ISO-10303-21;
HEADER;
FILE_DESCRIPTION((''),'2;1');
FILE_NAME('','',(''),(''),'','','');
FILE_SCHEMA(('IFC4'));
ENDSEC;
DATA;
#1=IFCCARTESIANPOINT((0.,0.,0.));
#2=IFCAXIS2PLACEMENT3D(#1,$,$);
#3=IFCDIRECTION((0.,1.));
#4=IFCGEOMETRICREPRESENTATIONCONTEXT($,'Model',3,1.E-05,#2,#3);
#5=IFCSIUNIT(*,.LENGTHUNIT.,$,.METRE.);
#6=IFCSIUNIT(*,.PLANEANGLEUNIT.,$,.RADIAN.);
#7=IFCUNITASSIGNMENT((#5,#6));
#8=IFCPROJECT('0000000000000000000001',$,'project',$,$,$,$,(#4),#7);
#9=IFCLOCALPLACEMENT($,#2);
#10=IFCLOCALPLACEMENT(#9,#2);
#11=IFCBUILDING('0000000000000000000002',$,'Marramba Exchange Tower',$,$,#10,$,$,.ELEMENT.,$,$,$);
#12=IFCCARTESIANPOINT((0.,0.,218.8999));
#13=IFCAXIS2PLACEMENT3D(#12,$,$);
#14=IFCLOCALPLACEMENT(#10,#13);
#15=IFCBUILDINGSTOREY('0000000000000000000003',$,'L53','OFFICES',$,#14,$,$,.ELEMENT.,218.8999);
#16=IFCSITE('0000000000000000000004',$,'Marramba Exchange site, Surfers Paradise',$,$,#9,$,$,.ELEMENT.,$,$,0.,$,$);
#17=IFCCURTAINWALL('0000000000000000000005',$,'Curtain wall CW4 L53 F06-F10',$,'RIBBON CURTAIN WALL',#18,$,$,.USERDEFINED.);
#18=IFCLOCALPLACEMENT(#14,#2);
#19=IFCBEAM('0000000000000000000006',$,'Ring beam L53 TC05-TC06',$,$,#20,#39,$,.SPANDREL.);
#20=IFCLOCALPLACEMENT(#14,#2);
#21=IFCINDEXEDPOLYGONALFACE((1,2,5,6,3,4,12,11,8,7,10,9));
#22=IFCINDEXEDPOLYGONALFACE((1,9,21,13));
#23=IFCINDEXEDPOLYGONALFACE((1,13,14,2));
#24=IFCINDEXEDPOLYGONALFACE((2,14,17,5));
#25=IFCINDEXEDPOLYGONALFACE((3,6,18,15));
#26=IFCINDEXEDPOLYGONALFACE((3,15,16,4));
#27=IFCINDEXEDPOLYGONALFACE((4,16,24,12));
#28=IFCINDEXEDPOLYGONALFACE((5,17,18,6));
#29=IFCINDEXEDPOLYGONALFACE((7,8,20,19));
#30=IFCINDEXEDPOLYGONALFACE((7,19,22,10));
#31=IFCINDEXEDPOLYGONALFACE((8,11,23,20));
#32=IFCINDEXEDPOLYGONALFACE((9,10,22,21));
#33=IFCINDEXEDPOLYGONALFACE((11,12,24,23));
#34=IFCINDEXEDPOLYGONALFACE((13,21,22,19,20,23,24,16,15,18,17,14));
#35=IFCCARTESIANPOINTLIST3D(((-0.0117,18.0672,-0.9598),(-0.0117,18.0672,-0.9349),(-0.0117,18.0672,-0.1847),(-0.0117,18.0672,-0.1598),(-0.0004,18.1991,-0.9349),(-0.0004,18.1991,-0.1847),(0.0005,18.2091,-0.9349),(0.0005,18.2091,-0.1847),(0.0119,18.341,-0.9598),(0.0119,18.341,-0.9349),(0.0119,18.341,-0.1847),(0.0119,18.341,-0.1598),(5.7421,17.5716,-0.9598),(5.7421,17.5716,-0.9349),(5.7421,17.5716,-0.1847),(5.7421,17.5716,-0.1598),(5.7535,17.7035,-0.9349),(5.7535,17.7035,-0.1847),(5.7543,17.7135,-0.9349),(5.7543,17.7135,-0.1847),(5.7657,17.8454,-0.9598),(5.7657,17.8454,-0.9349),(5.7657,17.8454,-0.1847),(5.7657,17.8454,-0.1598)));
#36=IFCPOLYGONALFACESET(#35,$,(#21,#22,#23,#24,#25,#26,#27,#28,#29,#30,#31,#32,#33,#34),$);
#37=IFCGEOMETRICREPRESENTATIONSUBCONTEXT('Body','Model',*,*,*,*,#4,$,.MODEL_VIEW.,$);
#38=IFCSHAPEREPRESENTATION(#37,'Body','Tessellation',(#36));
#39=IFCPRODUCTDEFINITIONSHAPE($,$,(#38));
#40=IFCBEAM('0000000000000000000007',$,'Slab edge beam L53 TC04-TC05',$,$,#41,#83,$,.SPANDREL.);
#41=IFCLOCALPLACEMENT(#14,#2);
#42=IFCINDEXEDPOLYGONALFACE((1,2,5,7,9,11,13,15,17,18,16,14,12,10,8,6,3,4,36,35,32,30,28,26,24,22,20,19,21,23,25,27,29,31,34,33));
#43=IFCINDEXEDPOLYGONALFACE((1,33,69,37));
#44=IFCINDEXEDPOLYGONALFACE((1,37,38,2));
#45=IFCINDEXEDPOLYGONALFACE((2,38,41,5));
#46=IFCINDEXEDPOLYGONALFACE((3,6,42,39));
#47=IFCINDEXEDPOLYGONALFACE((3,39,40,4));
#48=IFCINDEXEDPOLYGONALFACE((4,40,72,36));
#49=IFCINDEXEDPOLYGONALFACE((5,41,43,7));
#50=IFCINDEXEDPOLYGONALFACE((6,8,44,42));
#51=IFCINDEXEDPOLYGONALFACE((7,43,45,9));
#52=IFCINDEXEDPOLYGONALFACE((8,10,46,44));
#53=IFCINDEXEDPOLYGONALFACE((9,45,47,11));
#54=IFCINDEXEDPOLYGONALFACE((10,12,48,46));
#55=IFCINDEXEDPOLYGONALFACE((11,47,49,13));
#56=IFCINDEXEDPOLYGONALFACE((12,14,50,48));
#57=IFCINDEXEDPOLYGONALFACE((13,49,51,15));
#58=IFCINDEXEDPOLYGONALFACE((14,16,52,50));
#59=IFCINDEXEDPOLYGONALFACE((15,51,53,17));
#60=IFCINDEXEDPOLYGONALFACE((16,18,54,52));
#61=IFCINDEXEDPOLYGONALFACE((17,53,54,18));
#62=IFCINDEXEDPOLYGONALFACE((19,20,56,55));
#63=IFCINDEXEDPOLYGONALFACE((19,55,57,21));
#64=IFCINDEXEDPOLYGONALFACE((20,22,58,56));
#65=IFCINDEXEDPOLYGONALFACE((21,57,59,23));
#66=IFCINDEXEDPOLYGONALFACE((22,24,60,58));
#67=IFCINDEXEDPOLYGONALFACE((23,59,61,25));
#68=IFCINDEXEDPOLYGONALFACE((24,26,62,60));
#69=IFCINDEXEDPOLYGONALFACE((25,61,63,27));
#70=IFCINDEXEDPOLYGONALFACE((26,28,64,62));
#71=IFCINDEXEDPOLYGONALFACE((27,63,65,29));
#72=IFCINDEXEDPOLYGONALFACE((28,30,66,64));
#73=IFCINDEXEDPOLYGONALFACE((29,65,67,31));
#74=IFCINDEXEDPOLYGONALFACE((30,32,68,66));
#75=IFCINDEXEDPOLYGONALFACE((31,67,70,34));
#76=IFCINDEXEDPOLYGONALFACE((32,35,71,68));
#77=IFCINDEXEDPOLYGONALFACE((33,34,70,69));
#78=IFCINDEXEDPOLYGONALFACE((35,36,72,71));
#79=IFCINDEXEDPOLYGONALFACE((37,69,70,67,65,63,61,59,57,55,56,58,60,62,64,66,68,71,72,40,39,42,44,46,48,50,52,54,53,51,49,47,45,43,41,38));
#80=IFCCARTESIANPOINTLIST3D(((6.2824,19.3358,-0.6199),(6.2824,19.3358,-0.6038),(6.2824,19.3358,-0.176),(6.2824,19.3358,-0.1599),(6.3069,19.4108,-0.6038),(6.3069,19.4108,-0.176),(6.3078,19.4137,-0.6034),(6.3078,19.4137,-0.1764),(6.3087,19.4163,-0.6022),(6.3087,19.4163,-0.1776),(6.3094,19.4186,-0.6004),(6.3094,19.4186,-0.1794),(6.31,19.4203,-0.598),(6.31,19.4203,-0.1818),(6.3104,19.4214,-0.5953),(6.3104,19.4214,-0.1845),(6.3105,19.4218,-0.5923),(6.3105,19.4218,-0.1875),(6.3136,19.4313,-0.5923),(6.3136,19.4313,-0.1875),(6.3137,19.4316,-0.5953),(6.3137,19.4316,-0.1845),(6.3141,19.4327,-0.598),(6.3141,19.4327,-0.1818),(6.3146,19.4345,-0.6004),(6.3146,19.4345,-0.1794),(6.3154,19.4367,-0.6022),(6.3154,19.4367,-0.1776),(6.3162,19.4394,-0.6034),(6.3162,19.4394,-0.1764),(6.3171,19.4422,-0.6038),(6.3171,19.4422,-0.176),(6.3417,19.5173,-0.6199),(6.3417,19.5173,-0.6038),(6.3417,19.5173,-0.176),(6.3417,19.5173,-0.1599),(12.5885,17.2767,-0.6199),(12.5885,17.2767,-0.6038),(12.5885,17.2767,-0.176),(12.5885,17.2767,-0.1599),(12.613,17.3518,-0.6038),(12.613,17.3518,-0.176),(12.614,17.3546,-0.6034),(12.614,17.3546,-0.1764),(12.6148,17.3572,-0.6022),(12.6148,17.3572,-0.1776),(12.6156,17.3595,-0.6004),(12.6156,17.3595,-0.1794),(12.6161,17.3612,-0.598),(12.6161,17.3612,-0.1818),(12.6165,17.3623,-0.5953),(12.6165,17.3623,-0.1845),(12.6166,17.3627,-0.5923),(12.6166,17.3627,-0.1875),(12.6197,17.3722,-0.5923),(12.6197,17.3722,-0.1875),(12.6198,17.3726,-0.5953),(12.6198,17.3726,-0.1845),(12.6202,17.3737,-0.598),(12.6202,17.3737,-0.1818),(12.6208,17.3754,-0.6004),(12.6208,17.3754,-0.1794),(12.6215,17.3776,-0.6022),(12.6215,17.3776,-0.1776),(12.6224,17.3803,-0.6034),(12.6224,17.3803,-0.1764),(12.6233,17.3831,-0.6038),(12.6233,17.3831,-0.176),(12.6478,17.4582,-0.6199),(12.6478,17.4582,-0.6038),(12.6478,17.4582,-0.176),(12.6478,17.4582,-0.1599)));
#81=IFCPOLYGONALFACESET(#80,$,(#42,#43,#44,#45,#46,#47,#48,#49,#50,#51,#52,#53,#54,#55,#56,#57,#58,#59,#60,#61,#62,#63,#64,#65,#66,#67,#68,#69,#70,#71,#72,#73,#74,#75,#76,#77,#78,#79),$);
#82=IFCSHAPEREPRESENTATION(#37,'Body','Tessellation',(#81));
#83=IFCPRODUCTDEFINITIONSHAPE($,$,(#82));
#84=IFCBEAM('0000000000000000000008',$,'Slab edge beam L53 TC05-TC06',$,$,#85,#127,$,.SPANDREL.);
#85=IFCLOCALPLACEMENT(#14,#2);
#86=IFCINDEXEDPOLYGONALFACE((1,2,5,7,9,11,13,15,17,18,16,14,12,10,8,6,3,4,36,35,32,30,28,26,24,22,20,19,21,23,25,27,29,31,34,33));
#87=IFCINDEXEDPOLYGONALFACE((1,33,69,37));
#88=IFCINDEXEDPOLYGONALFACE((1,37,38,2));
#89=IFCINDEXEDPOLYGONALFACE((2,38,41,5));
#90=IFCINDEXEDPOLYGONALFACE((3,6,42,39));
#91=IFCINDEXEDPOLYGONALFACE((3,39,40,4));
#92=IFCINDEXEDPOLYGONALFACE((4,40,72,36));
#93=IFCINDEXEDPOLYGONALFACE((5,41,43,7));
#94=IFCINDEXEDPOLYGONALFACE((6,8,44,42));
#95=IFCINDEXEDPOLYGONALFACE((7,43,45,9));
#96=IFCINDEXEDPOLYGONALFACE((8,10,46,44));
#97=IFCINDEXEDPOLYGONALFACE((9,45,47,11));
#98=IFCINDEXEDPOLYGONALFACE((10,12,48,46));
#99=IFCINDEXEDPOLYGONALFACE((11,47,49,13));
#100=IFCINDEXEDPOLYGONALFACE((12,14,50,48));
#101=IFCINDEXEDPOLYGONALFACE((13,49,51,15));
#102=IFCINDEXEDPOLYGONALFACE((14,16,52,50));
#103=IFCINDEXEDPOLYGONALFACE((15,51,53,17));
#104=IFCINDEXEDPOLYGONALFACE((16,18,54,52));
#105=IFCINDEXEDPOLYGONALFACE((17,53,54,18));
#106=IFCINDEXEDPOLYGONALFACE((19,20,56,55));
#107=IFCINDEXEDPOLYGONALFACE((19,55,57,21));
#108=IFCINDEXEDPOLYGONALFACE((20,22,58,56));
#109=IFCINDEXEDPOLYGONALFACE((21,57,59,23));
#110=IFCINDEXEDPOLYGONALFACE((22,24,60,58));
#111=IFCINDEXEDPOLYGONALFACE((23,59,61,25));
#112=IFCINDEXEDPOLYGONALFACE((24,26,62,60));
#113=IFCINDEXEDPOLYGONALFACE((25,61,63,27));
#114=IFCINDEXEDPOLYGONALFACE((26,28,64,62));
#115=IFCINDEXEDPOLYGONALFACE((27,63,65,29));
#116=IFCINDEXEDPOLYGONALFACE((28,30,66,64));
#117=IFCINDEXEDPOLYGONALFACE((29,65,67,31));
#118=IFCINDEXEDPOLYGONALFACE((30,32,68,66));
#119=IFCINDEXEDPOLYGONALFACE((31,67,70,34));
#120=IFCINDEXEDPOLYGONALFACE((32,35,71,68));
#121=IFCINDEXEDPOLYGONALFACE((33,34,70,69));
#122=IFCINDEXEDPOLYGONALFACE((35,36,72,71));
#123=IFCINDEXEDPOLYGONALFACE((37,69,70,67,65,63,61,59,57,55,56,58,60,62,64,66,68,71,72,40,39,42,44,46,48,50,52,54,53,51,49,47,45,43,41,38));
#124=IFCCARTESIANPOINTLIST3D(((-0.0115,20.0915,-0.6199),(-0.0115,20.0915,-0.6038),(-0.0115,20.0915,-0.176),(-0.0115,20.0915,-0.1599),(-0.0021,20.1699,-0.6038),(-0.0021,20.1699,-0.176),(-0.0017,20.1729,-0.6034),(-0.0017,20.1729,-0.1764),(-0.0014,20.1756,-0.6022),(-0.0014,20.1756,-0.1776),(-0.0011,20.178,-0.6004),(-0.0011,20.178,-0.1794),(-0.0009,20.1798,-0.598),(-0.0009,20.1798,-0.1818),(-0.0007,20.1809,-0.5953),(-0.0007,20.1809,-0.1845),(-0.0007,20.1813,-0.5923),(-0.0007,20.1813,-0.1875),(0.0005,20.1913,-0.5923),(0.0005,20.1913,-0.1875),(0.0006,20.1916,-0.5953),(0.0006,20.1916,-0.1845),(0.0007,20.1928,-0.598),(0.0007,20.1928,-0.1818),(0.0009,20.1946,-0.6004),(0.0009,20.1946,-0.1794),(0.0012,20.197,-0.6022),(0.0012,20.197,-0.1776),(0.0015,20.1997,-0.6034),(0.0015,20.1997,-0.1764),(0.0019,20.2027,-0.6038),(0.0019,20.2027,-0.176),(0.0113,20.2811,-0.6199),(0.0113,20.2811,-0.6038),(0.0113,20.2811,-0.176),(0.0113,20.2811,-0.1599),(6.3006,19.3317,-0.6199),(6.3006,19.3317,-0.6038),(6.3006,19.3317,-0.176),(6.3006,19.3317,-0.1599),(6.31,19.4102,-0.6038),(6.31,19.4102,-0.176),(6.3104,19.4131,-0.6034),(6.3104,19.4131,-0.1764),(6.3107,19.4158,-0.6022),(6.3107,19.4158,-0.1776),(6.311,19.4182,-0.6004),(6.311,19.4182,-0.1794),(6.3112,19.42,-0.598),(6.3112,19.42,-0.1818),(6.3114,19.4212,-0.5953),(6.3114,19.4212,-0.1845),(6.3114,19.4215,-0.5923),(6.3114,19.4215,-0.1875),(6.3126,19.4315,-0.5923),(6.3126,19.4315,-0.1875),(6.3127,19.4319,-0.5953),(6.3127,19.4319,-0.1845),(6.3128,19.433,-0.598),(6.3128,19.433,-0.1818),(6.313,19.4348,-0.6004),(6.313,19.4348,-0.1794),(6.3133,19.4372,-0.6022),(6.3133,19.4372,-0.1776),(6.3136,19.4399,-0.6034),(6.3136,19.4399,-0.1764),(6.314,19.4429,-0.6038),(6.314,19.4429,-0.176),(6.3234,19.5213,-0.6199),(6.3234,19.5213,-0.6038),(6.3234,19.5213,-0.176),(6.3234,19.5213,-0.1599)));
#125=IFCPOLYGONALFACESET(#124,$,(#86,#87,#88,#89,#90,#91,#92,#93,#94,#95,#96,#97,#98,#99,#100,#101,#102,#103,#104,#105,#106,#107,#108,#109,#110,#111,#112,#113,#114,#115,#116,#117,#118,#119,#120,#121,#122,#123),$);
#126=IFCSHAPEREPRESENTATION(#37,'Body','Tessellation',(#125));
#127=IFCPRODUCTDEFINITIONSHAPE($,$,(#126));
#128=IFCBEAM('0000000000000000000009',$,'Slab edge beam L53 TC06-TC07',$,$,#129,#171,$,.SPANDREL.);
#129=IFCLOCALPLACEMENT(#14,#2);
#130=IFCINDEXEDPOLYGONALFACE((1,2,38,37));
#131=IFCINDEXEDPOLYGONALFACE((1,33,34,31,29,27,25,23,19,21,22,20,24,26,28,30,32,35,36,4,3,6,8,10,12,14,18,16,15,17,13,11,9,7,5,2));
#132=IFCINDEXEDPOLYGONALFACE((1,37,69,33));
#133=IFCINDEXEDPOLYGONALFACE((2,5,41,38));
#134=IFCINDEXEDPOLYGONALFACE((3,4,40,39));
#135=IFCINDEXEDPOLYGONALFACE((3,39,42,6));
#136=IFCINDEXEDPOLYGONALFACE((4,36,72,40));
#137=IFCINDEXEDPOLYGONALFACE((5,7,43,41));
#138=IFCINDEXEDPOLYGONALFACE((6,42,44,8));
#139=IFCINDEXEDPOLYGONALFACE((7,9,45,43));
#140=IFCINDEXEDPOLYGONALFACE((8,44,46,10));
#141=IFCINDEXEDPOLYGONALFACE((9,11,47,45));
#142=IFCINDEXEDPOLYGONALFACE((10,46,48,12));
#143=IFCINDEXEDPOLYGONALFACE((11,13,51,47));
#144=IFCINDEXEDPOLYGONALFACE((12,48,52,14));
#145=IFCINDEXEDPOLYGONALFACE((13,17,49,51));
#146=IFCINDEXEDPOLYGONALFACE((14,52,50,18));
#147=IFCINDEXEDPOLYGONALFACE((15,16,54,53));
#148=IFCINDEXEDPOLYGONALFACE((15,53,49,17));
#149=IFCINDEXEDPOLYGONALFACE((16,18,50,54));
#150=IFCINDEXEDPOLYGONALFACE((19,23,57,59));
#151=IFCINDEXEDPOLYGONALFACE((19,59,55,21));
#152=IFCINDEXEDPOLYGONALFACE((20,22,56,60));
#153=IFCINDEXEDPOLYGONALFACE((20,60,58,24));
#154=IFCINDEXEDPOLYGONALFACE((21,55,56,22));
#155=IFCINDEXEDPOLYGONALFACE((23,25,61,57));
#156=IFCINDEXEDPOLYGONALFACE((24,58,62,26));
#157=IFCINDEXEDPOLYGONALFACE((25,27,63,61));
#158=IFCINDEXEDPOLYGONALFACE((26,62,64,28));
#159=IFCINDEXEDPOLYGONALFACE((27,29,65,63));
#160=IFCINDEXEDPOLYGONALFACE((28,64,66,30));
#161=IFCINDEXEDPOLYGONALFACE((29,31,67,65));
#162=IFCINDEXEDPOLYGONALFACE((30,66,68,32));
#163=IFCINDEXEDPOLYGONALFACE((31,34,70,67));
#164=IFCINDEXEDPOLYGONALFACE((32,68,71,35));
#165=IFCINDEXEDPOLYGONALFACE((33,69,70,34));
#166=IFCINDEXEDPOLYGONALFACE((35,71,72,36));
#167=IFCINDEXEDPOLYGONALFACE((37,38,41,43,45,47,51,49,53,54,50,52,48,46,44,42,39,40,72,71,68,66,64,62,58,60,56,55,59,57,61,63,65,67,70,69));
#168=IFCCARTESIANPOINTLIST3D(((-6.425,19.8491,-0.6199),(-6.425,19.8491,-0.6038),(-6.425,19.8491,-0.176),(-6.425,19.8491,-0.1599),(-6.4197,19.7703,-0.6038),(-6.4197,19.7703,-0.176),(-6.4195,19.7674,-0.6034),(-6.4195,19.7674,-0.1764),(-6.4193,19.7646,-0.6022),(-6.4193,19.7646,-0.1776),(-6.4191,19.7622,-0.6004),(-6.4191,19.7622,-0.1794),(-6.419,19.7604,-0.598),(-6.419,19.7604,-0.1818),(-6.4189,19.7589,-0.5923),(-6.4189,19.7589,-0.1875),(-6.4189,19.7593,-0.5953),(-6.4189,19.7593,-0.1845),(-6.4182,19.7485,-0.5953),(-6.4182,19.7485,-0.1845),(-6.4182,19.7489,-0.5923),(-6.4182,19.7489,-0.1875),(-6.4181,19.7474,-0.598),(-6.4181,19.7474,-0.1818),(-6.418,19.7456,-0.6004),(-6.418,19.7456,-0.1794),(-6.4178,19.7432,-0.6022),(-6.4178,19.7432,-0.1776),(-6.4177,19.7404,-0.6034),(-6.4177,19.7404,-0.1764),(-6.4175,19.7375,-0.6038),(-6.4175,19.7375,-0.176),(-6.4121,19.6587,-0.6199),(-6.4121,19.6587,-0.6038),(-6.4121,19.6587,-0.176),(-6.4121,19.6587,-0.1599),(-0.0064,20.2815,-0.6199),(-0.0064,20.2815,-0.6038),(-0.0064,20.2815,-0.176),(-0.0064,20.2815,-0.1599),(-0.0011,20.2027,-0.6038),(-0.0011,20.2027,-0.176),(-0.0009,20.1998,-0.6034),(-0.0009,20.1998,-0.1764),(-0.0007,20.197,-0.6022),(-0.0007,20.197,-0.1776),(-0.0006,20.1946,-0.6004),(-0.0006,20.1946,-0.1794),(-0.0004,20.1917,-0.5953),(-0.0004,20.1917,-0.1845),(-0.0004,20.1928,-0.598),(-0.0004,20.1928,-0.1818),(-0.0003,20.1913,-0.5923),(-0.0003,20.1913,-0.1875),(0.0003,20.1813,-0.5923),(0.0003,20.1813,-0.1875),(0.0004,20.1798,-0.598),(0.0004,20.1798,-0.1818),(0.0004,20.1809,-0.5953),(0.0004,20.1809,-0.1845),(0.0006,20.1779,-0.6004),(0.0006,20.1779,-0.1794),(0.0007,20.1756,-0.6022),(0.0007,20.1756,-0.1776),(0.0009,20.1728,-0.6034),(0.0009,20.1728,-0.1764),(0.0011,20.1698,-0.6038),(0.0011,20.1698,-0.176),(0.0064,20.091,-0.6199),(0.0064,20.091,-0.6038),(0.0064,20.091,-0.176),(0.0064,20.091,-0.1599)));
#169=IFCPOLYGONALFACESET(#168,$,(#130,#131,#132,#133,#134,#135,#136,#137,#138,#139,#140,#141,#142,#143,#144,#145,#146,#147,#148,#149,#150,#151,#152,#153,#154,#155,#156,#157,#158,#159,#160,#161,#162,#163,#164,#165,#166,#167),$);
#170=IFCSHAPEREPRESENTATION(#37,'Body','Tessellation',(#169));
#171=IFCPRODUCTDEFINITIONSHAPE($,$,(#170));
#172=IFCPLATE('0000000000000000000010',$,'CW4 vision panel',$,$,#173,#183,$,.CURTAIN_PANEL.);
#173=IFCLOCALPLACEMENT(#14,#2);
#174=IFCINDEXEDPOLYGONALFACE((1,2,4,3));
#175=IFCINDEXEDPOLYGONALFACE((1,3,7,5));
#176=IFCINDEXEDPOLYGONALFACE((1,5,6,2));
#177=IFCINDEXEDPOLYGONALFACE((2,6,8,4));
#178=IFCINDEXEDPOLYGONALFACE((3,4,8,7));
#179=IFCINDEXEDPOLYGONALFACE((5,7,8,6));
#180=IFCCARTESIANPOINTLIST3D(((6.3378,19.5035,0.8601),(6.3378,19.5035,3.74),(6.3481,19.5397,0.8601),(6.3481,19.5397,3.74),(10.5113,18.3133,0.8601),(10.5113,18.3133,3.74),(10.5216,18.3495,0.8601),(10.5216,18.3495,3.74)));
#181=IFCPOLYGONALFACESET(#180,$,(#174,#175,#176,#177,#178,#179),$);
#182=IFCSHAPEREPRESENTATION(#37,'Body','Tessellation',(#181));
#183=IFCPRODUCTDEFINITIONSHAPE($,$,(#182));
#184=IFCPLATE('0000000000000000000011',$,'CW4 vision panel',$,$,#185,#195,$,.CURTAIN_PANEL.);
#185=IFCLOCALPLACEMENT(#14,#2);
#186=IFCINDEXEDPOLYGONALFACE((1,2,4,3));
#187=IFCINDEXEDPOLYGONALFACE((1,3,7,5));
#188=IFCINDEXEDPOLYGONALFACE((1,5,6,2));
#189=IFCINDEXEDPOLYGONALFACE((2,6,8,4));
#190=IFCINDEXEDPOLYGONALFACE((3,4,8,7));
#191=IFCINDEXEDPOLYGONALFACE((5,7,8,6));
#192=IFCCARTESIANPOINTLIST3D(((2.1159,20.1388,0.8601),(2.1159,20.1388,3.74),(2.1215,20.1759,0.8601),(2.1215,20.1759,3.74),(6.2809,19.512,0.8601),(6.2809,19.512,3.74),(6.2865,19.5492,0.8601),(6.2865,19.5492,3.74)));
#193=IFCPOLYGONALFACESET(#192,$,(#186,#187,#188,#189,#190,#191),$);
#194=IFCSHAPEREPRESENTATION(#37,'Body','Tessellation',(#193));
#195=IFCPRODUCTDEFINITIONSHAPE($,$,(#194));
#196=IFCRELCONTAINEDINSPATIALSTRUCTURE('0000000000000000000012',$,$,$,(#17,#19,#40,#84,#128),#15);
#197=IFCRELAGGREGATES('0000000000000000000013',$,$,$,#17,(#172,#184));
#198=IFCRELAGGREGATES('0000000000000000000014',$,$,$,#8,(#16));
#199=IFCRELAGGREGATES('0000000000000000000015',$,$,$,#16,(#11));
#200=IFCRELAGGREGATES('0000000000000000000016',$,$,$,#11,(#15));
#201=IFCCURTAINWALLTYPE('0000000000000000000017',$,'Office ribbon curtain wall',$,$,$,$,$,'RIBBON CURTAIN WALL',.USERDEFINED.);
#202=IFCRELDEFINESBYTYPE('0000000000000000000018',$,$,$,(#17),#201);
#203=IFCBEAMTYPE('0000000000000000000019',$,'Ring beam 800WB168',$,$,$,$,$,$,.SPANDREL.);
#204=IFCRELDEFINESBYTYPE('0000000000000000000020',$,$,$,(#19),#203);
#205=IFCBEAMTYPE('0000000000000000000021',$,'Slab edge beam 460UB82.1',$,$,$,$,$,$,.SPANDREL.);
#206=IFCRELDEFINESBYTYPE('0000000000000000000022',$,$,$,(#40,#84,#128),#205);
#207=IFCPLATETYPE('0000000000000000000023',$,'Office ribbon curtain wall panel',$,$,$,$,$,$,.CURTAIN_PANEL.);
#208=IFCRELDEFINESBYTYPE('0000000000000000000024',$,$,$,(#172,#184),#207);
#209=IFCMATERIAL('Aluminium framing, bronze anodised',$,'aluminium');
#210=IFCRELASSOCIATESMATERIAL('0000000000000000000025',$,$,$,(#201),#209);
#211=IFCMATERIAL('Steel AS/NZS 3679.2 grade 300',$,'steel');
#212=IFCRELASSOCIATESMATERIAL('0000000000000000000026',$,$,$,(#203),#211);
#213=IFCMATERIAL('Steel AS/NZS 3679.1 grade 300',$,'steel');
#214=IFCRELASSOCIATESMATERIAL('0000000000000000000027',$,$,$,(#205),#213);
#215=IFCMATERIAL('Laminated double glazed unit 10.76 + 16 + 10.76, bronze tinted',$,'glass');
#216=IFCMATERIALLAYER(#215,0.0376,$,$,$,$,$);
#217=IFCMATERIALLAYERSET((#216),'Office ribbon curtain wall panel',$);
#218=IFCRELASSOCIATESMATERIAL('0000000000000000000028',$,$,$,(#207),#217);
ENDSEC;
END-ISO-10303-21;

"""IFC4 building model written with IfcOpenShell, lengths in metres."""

from ifc_helpers import new_model, si_unit, direction, frame, origin, origin_2d, place, context, subcontext, project, spatial, rectangle, i_section, extrude, material, layer, layer_set, material_profile, profile_set, type_object, element, aggregate, save


model = new_model("IFC4")

# Units and contexts
model_context = context("Model", 3, precision=1e-05, world=origin(), true_north=direction((0.0, 1.0)))
body_context = subcontext(model_context, "Body", "Model", "MODEL_VIEW")
ifc_project = project(units=[si_unit("LENGTHUNIT", "METRE"), si_unit("PLANEANGLEUNIT", "RADIAN")], contexts=[model_context])

# Site, building, storey
site_placement = place(None, origin())
site = spatial("IfcSite", under=ifc_project, at=site_placement, Name="Marramba Exchange site, Surfers Paradise", CompositionType="ELEMENT", RefElevation=0.0)
building_placement = place(site_placement, origin())
building = spatial("IfcBuilding", under=site, at=building_placement, Name="Marramba Exchange Tower", CompositionType="ELEMENT")
storey_placement = place(building_placement, frame((0.0, 0.0, 218.8999)))
storey = spatial("IfcBuildingStorey", under=building, at=storey_placement, Name="L53", Description="OFFICES", CompositionType="ELEMENT", Elevation=218.8999)

# Shared definitions
ifc_material_1 = material(Name="Steel AS/NZS 3679.2 grade 300", Category="steel")

# Curtain wall
ifc_material_2 = material(Name="Aluminium framing, bronze anodised", Category="aluminium")
curtain_wall_type = type_object("IfcCurtainWallType", Name="Office ribbon curtain wall", ElementType="RIBBON CURTAIN WALL", PredefinedType="USERDEFINED", material=ifc_material_2)
curtain_wall_placement = place(storey_placement, origin())
curtain_wall = element("IfcCurtainWall", 1, at=curtain_wall_placement, inside=storey, type_object=curtain_wall_type, Name="Curtain wall CW4 L53 F06-F10", ObjectType="RIBBON CURTAIN WALL", PredefinedType="USERDEFINED")

# Beams
ifc_material_profile_1 = material_profile(ifc_material_1, i_section(OverallWidth=0.2749, OverallDepth=0.8, WebThickness=0.01, FlangeThickness=0.0249, at=origin_2d()), Name="800WB168")
ifc_profile_set_1 = profile_set([ifc_material_profile_1], Name="Steel AS/NZS 3679.2 grade 300")
beam_type_1 = type_object("IfcBeamType", Name="Ring beam 800WB168", PredefinedType="SPANDREL", material=ifc_profile_set_1)
beam_1_placement = place(storey_placement, frame((5.7539, 17.7085, -0.5598), z_axis=(-0.996311, 0.085816, 0.0), x_axis=(-0.085816, -0.996311, 0.0)))
element("IfcBeam", 2, at=beam_1_placement, inside=storey, type_object=beam_type_1, Name="Ring beam L53 TC05-TC06", PredefinedType="SPANDREL", context=body_context, shape_type="SweptSolid", body=[
    extrude(i_section(OverallWidth=0.2749, OverallDepth=0.8, WebThickness=0.01, FlangeThickness=0.0249, at=origin_2d()), origin(), (0.0, 0.0, 1.0), 5.7751),
])
ifc_material_3 = material(Name="Steel AS/NZS 3679.1 grade 300", Category="steel")
ifc_material_profile_2 = material_profile(ifc_material_3, i_section(OverallWidth=0.1909, OverallDepth=0.46, WebThickness=0.01, FlangeThickness=0.0161, FilletRadius=0.0115, at=origin_2d()), Name="460UB82.1")
ifc_profile_set_2 = profile_set([ifc_material_profile_2], Name="Steel AS/NZS 3679.1 grade 300")
beam_type_2 = type_object("IfcBeamType", Name="Slab edge beam 460UB82.1", PredefinedType="SPANDREL", material=ifc_profile_set_2)
beam_2_placement = place(storey_placement, frame((12.6182, 17.3674, -0.3899), z_axis=(-0.950609, 0.310392, 0.0), x_axis=(-0.310392, -0.950609, 0.0)))
element("IfcBeam", 3, at=beam_2_placement, inside=storey, type_object=beam_type_2, Name="Slab edge beam L53 TC04-TC05", PredefinedType="SPANDREL", context=body_context, shape_type="SweptSolid", body=[
    extrude(i_section(OverallWidth=0.1909, OverallDepth=0.46, WebThickness=0.01, FlangeThickness=0.0161, FilletRadius=0.0115, at=origin_2d()), origin(), (0.0, 0.0, 1.0), 6.6338),
])
beam_3_placement = place(storey_placement, frame((6.312, 19.4265, -0.3899), z_axis=(-0.992834, 0.119506, 0.0), x_axis=(-0.119506, -0.992834, 0.0)))
element("IfcBeam", 4, at=beam_3_placement, inside=storey, type_object=beam_type_2, Name="Slab edge beam L53 TC05-TC06", PredefinedType="SPANDREL", context=body_context, shape_type="SweptSolid", body=[
    extrude(i_section(OverallWidth=0.1909, OverallDepth=0.46, WebThickness=0.01, FlangeThickness=0.0161, FilletRadius=0.0115, at=origin_2d()), origin(), (0.0, 0.0, 1.0), 6.3577),
])
beam_4_placement = place(storey_placement, frame((0.0, 20.1863, -0.3899), z_axis=(-0.997739, -0.067212, 0.0), x_axis=(0.067212, -0.997739, 0.0)))
element("IfcBeam", 5, at=beam_4_placement, inside=storey, type_object=beam_type_2, Name="Slab edge beam L53 TC06-TC07", PredefinedType="SPANDREL", context=body_context, shape_type="SweptSolid", body=[
    extrude(i_section(OverallWidth=0.1909, OverallDepth=0.46, WebThickness=0.01, FlangeThickness=0.0161, FilletRadius=0.0115, at=origin_2d()), origin(), (0.0, 0.0, 1.0), 6.4331),
])

# Plates
ifc_material_4 = material(Name="Laminated double glazed unit 10.76 + 16 + 10.76, bronze tinted", Category="glass")
ifc_layer_1 = layer(ifc_material_4, 0.0376)
ifc_layer_set_1 = layer_set([ifc_layer_1], Name="Office ribbon curtain wall panel")
plate_type = type_object("IfcPlateType", Name="Office ribbon curtain wall panel", PredefinedType="CURTAIN_PANEL", material=ifc_layer_set_1)
plate_1_placement = place(storey_placement, frame((8.4297, 18.9265, 0.8601), z_axis=(0.0, 0.0, 1.0), x_axis=(-0.961659, 0.274248, 0.0)))
plate_1 = element("IfcPlate", 6, at=plate_1_placement, type_object=plate_type, Name="CW4 vision panel", PredefinedType="CURTAIN_PANEL", context=body_context, shape_type="SweptSolid", body=[
    extrude(rectangle(XDim=4.3398, YDim=0.0376, at=origin_2d()), origin(), (0.0, 0.0, 1.0), 2.8799),
])
plate_2_placement = place(storey_placement, frame((4.2012, 19.844, 0.8601), z_axis=(0.0, 0.0, 1.0), x_axis=(-0.988868, 0.148795, 0.0)))
plate_2 = element("IfcPlate", 7, at=plate_2_placement, type_object=plate_type, Name="CW4 vision panel", PredefinedType="CURTAIN_PANEL", context=body_context, shape_type="SweptSolid", body=[
    extrude(rectangle(XDim=4.2119, YDim=0.0376, at=origin_2d()), origin(), (0.0, 0.0, 1.0), 2.8799),
])
aggregate(curtain_wall, [plate_1, plate_2])

save(model, "model.ifc")
